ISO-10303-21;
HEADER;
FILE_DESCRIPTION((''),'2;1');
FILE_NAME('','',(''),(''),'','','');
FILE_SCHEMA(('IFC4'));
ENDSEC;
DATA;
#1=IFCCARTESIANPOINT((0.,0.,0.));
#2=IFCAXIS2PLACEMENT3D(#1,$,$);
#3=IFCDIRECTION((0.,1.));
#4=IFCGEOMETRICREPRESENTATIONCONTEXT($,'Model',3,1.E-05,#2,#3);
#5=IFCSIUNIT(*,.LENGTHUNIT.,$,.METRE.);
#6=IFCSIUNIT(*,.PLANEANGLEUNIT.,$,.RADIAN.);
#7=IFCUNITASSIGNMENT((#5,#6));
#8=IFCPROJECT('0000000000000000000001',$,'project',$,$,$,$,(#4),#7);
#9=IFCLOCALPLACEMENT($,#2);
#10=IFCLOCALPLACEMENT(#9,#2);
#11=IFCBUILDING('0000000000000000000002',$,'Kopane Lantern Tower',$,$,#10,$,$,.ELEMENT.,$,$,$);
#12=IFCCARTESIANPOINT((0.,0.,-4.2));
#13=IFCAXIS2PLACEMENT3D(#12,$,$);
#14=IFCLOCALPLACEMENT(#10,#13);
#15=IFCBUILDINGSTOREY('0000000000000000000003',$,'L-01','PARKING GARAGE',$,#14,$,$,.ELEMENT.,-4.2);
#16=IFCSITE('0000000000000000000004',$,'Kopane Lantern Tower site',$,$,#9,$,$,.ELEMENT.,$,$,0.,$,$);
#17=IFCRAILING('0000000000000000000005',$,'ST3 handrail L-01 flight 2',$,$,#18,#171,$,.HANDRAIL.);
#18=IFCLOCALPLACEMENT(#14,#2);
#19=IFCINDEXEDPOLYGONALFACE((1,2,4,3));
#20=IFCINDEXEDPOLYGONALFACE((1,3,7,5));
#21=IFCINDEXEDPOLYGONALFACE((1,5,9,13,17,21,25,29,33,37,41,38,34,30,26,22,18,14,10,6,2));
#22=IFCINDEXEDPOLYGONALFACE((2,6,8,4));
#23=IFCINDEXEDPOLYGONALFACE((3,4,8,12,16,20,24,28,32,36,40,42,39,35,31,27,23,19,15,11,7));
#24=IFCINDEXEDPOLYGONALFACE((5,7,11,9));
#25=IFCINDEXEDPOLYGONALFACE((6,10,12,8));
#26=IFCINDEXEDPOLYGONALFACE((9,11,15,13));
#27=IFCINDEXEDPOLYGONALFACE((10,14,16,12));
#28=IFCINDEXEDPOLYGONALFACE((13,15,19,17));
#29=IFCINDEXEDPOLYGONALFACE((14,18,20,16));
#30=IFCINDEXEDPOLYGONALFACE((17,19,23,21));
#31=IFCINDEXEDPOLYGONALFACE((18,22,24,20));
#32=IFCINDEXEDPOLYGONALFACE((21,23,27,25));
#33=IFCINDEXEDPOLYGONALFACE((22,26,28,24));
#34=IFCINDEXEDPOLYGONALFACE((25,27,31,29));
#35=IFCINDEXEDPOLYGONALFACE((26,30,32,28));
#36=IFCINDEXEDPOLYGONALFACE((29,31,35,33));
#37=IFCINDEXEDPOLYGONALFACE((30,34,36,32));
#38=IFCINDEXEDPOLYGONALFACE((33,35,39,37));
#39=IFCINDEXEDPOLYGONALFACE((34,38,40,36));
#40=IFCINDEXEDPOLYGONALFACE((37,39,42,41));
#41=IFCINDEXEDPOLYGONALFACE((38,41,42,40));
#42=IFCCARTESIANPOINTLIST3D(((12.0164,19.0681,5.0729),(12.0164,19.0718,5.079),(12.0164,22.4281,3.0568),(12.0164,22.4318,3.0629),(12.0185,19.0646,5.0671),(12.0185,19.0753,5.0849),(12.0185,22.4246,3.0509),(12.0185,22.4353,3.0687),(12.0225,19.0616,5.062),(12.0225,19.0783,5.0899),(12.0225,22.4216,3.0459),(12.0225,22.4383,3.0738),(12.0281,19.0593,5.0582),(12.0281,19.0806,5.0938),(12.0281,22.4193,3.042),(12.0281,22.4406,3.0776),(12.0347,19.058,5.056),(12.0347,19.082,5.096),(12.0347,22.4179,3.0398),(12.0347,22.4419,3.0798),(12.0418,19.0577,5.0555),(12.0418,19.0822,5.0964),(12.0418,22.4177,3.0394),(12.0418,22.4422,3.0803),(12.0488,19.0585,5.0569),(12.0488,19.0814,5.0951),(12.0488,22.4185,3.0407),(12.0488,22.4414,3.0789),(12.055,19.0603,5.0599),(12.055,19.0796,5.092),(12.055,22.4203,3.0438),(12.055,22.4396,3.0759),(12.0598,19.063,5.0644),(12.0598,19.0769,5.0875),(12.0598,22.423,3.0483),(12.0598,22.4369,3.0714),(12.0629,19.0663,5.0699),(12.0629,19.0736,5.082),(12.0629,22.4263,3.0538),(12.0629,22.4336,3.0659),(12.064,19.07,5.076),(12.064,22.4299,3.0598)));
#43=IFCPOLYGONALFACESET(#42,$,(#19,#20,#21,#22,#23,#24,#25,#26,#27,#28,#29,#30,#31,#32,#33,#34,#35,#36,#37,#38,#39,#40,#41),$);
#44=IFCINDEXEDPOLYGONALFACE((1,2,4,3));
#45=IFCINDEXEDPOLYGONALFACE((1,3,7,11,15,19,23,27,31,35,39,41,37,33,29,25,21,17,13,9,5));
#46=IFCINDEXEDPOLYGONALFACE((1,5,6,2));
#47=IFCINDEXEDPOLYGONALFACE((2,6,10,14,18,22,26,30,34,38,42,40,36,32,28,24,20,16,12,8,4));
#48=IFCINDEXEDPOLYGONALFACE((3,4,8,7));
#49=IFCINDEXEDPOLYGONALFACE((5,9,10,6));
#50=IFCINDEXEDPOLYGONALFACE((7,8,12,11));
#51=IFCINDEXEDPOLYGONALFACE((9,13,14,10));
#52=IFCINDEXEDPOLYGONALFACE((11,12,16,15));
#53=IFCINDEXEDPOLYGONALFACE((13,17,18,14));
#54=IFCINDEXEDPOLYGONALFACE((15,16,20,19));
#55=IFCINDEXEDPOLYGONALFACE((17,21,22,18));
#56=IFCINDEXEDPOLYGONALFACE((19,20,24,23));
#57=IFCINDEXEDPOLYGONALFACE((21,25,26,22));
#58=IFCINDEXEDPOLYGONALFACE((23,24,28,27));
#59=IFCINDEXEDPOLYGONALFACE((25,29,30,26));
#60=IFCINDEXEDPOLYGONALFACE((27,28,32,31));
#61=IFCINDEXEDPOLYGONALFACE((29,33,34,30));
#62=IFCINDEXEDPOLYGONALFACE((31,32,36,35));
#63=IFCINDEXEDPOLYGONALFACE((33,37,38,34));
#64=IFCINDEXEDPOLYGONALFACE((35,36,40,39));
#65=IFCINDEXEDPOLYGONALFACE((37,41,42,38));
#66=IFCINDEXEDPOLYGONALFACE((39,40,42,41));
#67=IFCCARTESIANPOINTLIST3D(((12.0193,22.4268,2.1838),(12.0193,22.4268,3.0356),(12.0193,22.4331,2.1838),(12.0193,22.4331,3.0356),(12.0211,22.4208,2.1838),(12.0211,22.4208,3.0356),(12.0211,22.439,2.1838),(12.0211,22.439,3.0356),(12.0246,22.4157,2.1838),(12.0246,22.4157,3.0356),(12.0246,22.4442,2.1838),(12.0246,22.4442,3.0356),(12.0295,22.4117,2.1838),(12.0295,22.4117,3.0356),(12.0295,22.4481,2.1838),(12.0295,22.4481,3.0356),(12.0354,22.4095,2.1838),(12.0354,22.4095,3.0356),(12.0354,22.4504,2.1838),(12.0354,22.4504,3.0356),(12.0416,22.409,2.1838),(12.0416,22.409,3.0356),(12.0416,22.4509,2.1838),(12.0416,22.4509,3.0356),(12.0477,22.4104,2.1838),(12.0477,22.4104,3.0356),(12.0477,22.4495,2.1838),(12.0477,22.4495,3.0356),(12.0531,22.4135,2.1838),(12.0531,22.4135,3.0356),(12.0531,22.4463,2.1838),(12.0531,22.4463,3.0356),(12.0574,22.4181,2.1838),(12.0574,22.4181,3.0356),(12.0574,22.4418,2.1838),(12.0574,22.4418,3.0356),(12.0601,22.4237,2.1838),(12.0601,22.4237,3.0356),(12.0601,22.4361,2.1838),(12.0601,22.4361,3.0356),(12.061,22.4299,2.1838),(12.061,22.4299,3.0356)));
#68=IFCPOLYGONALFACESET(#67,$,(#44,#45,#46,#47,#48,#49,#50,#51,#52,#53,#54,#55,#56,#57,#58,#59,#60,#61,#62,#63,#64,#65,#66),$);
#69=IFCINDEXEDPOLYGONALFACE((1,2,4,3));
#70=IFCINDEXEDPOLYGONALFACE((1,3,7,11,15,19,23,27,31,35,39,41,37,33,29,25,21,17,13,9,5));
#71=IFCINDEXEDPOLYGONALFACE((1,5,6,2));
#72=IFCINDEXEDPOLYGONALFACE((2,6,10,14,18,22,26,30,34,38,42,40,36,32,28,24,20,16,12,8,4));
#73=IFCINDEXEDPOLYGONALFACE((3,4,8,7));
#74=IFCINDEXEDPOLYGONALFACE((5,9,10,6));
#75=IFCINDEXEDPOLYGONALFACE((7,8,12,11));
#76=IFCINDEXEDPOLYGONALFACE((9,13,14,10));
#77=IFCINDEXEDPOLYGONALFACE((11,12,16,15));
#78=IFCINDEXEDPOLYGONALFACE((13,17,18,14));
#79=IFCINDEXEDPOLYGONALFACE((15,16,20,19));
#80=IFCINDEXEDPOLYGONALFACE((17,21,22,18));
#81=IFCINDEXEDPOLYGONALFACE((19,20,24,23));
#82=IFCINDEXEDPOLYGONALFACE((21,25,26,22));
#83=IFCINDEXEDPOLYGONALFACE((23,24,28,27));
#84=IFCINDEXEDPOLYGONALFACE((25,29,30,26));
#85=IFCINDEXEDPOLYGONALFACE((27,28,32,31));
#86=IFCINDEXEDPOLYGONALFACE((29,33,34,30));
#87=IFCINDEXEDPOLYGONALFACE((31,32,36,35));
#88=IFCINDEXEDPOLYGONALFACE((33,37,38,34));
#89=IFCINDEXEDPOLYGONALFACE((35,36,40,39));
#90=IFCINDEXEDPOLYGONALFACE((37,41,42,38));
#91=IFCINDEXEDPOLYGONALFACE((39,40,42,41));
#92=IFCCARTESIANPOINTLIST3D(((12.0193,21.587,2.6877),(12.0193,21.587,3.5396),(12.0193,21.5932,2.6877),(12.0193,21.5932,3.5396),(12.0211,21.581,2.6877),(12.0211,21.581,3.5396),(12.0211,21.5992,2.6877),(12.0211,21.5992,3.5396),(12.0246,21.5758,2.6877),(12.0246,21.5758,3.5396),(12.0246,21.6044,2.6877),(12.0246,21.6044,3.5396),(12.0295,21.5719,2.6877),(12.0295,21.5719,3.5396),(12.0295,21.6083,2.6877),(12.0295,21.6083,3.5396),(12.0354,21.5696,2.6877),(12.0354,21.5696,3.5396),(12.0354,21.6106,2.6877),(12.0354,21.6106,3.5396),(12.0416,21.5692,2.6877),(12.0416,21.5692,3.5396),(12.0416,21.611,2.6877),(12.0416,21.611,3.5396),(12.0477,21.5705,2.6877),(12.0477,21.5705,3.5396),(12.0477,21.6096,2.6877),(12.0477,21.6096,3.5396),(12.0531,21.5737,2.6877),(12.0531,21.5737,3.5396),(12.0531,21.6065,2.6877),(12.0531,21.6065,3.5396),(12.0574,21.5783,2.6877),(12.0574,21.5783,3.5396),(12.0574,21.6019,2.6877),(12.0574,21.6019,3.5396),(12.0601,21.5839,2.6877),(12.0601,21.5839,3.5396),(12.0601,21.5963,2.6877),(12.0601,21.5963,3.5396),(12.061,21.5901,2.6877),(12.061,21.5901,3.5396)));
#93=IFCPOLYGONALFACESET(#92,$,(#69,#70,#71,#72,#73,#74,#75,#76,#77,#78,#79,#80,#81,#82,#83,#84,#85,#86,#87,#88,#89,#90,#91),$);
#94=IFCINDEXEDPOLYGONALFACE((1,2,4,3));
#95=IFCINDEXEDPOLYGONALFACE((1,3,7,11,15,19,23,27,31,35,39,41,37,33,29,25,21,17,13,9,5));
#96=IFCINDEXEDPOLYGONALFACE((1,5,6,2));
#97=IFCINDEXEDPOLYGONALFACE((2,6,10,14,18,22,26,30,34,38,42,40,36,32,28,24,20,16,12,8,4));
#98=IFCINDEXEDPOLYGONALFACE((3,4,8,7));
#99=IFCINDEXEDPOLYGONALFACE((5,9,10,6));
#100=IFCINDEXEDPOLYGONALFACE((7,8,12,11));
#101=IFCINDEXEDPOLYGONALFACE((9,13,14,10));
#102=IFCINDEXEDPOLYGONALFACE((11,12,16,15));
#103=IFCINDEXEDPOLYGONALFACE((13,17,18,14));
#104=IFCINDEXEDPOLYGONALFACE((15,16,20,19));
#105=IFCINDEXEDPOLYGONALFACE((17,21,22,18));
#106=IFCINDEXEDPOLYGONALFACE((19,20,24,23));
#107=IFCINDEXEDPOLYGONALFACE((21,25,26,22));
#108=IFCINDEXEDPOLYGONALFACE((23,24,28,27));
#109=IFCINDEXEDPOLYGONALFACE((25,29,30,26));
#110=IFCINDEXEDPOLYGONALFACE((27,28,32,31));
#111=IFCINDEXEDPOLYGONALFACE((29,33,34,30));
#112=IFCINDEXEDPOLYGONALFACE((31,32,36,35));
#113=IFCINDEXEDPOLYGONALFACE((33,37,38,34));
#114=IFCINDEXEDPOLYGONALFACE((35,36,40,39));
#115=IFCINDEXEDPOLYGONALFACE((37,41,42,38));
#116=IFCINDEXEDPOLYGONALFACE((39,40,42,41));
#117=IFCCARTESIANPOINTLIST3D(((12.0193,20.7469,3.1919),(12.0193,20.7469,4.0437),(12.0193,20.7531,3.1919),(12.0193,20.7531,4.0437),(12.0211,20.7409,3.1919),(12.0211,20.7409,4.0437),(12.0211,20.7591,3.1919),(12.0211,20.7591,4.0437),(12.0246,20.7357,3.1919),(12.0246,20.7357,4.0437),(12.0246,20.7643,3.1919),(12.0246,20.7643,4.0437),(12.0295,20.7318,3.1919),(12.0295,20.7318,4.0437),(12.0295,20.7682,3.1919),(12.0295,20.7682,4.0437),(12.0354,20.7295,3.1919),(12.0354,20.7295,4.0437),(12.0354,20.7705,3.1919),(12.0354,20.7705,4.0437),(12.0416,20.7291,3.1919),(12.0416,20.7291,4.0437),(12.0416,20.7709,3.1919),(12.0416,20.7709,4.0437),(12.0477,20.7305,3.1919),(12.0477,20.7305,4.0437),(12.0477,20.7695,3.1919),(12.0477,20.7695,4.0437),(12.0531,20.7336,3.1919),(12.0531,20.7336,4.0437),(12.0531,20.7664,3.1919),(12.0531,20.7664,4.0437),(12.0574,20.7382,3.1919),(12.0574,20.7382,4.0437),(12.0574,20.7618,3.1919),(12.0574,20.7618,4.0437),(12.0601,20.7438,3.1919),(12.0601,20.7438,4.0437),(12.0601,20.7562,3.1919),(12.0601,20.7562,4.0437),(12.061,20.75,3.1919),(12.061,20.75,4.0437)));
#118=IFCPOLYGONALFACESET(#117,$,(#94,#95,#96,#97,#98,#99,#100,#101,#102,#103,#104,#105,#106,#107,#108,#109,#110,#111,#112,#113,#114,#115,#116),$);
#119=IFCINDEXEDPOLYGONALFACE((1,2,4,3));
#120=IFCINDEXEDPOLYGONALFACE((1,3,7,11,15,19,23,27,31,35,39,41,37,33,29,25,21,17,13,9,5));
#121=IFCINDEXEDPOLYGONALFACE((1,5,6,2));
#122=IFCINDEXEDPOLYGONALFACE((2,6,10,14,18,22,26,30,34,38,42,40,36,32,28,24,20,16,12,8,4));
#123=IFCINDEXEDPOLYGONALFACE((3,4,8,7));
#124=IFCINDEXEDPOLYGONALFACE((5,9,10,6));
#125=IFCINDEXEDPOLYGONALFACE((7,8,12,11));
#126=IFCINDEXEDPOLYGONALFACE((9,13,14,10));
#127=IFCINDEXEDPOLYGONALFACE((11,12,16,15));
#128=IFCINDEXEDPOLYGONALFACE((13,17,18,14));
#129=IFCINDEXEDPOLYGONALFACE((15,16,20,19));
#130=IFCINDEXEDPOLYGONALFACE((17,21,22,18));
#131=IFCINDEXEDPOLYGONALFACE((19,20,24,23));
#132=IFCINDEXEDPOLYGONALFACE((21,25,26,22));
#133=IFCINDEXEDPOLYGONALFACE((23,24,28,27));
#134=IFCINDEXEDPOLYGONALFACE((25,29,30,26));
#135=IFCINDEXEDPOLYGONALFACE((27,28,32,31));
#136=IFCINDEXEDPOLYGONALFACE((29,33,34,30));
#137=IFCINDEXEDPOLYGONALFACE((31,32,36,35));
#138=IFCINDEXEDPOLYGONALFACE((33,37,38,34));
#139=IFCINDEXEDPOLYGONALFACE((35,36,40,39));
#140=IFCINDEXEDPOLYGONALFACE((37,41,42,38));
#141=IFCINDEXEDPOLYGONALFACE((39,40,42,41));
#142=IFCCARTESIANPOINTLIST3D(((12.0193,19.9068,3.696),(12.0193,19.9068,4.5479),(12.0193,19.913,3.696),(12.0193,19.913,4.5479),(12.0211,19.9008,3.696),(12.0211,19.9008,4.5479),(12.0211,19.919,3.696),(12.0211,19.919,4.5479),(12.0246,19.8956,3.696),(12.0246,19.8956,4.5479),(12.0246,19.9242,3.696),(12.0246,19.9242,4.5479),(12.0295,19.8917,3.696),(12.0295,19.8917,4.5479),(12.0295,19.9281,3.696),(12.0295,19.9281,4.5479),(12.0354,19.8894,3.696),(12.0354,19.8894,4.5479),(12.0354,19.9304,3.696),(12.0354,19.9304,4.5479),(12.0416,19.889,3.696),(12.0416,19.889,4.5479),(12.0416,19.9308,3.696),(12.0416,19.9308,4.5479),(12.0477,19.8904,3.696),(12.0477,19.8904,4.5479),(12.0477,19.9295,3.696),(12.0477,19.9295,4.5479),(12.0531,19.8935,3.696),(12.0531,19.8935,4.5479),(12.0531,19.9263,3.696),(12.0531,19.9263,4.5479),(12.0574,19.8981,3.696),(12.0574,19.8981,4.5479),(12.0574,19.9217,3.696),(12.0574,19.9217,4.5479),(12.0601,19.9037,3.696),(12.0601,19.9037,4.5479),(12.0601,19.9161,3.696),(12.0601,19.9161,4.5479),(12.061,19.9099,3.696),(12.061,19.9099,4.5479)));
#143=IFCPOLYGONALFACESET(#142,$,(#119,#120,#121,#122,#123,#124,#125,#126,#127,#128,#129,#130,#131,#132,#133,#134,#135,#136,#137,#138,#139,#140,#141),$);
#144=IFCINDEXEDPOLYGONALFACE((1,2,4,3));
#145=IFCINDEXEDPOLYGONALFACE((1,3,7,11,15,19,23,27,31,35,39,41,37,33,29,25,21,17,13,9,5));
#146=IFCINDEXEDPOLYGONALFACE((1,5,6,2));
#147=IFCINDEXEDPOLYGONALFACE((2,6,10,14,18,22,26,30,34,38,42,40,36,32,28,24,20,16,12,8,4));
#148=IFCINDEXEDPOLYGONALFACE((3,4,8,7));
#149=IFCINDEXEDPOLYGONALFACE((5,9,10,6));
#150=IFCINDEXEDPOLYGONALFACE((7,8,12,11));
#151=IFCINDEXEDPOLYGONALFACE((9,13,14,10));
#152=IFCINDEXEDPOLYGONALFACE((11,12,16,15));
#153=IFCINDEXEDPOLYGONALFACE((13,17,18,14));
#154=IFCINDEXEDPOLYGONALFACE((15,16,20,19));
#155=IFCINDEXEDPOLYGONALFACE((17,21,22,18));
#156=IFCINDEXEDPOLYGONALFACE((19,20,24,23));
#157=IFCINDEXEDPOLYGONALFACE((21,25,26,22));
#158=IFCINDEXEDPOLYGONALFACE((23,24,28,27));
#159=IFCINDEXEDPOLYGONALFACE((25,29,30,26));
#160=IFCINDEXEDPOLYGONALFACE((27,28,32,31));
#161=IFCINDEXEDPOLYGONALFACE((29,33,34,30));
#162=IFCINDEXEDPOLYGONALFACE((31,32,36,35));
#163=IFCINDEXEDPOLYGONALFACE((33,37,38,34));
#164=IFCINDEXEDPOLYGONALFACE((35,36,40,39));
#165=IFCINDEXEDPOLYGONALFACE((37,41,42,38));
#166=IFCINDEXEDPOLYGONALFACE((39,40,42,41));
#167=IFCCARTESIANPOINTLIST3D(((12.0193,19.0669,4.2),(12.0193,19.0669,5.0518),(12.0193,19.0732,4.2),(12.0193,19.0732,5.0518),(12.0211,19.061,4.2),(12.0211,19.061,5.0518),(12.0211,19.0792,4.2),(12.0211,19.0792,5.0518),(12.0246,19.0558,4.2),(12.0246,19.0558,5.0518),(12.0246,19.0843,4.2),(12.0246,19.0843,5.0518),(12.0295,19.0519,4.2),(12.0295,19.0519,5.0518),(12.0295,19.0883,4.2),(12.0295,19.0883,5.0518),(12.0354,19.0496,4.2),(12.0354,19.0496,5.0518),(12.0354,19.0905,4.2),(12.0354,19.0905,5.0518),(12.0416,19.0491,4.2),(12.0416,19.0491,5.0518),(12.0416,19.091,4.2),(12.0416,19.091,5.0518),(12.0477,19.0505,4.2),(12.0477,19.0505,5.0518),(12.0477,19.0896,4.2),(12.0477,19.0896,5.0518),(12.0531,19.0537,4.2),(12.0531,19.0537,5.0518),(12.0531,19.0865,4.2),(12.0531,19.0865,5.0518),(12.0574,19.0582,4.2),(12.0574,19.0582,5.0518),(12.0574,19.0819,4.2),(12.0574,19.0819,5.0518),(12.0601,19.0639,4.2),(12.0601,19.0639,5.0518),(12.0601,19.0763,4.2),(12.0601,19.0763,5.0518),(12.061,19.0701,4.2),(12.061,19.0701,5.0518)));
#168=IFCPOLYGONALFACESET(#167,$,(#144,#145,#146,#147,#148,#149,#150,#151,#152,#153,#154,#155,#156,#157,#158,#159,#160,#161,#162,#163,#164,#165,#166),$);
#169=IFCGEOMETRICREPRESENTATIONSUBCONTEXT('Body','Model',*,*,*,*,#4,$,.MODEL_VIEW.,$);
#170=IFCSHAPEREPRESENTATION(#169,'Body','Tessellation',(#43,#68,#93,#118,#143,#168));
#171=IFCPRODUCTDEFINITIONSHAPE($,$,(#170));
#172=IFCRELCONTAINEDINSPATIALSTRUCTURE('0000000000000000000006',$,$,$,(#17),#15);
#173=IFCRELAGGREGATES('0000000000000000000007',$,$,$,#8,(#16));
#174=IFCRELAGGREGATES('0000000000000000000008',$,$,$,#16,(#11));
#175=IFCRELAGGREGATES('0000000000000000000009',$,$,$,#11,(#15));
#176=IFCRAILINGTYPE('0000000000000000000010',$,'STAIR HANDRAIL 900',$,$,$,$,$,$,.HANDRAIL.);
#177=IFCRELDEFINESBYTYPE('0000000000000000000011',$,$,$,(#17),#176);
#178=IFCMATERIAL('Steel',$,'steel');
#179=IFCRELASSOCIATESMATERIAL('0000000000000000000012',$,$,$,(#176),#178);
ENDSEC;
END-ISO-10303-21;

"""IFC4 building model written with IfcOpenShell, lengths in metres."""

from ifc_helpers import new_model, si_unit, direction, frame, origin, origin_2d, place, context, subcontext, project, spatial, circle, extrude, material, type_object, element, save


model = new_model("IFC4")

# Units and contexts
model_context = context("Model", 3, precision=1e-05, world=origin(), true_north=direction((0.0, 1.0)))
body_context = subcontext(model_context, "Body", "Model", "MODEL_VIEW")
ifc_project = project(units=[si_unit("LENGTHUNIT", "METRE"), si_unit("PLANEANGLEUNIT", "RADIAN")], contexts=[model_context])

# Site, building, storey
site_placement = place(None, origin())
site = spatial("IfcSite", under=ifc_project, at=site_placement, Name="Kopane Lantern Tower site", CompositionType="ELEMENT", RefElevation=0.0)
building_placement = place(site_placement, origin())
building = spatial("IfcBuilding", under=site, at=building_placement, Name="Kopane Lantern Tower", CompositionType="ELEMENT")
storey_placement = place(building_placement, frame((0.0, 0.0, -4.2)))
storey = spatial("IfcBuildingStorey", under=building, at=storey_placement, Name="L-01", Description="PARKING GARAGE", CompositionType="ELEMENT", Elevation=-4.2)

# Railing
ifc_material_1 = material(Name="Steel", Category="steel")
railing_type_1 = type_object("IfcRailingType", Name="STAIR HANDRAIL 900", PredefinedType="HANDRAIL", material=ifc_material_1)
for number, where, name in (
    (1, (12.04, 22.4299, 2.1838), "ST3 handrail L-01 flight 2"),
):
    element("IfcRailing", number, at=place(storey_placement, frame(where)), inside=storey, type_object=railing_type_1, Name=name, PredefinedType="HANDRAIL", context=body_context, shape_type="SweptSolid", body=[
        extrude(circle(Radius=0.0239, at=origin_2d()), frame((0.0, 0.0, 0.876), z_axis=(0.0, -0.857471, 0.514532), x_axis=(1.0, 0.0, 0.0)), (0.0, 0.0, 1.0), 3.9185),
        extrude(circle(Radius=0.021, at=origin_2d()), origin(), (0.0, 0.0, 1.0), 0.8518),
        extrude(circle(Radius=0.021, at=origin_2d()), frame((0.0, -0.8398, 0.5039)), (0.0, 0.0, 1.0), 0.8518),
        extrude(circle(Radius=0.021, at=origin_2d()), frame((0.0, -1.6799, 1.0081)), (0.0, 0.0, 1.0), 0.8518),
        extrude(circle(Radius=0.021, at=origin_2d()), frame((0.0, -2.52, 1.5122)), (0.0, 0.0, 1.0), 0.8518),
        extrude(circle(Radius=0.021, at=origin_2d()), frame((0.0, -3.3599, 2.0161)), (0.0, 0.0, 1.0), 0.8518),
    ])

save(model, "model.ifc")
